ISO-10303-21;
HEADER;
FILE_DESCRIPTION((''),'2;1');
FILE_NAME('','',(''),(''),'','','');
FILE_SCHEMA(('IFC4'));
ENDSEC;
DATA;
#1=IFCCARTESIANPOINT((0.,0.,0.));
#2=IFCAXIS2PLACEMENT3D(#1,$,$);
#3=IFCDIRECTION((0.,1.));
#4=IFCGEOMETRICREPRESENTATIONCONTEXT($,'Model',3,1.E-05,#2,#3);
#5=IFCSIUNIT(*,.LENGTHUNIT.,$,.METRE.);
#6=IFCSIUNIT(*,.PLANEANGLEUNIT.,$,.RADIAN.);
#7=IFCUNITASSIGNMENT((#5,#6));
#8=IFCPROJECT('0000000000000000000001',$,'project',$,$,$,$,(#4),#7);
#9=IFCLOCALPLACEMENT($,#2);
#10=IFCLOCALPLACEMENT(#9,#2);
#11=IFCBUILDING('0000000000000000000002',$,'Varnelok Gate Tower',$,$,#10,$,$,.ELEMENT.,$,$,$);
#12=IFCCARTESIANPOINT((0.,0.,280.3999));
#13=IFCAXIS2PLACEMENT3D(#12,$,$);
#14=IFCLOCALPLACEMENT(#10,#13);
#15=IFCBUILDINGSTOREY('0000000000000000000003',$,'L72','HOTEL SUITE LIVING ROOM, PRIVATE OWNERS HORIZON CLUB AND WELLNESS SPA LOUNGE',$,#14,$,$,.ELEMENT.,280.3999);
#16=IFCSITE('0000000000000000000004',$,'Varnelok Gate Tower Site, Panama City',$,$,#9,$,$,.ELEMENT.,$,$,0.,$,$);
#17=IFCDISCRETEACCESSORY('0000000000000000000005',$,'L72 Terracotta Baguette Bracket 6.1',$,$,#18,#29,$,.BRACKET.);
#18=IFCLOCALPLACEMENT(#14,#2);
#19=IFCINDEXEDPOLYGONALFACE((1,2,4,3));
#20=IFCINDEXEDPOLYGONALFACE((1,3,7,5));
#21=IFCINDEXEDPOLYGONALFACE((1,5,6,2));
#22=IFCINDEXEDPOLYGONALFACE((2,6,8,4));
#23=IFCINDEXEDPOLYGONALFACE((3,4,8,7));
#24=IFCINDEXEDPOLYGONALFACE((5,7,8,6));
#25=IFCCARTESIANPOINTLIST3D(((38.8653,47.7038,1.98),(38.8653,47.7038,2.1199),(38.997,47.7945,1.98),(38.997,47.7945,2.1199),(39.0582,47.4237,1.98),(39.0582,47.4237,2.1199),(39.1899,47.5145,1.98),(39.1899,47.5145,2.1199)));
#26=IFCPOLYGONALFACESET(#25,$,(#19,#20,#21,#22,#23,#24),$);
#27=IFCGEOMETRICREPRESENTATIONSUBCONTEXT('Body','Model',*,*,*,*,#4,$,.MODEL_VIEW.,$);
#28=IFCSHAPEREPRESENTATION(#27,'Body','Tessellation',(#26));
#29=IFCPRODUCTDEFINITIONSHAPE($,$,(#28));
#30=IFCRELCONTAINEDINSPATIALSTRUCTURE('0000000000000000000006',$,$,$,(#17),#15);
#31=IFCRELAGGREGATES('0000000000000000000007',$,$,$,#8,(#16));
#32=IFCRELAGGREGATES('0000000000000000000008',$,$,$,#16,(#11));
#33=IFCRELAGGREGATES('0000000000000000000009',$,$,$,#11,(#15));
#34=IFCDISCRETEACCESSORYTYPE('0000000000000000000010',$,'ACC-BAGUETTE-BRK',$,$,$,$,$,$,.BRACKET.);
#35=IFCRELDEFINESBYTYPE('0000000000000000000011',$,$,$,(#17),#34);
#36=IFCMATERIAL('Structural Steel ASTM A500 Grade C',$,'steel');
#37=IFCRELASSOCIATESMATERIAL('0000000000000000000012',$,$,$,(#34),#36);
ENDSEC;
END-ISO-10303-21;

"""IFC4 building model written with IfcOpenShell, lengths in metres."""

from ifc_helpers import new_model, si_unit, direction, frame, origin, origin_2d, place, context, subcontext, project, spatial, rectangle, extrude, source, transform, mapped, material, type_object, element, save


model = new_model("IFC4")

# Units and contexts
model_context = context("Model", 3, precision=1e-05, world=origin(), true_north=direction((0.0, 1.0)))
body_context = subcontext(model_context, "Body", "Model", "MODEL_VIEW")
ifc_project = project(units=[si_unit("LENGTHUNIT", "METRE"), si_unit("PLANEANGLEUNIT", "RADIAN")], contexts=[model_context])

# Site, building, storey
site_placement = place(None, origin())
site = spatial("IfcSite", under=ifc_project, at=site_placement, Name="Varnelok Gate Tower Site, Panama City", CompositionType="ELEMENT", RefElevation=0.0)
building_placement = place(site_placement, origin())
building = spatial("IfcBuilding", under=site, at=building_placement, Name="Varnelok Gate Tower", CompositionType="ELEMENT")
storey_placement = place(building_placement, frame((0.0, 0.0, 280.3999)))
storey = spatial("IfcBuildingStorey", under=building, at=storey_placement, Name="L72", Description="HOTEL SUITE LIVING ROOM, PRIVATE OWNERS HORIZON CLUB AND WELLNESS SPA LOUNGE", CompositionType="ELEMENT", Elevation=280.3999)

# Discrete accessory
ifc_material_1 = material(Name="Structural Steel ASTM A500 Grade C", Category="steel")
discrete_accessory_type = type_object("IfcDiscreteAccessoryType", Name="ACC-BAGUETTE-BRK", PredefinedType="BRACKET", material=ifc_material_1)
shared_shape_1 = source(origin(), body_context, "Body", "SweptSolid", [
    extrude(rectangle(XDim=0.1599, YDim=0.3401, at=origin_2d()), origin(), (0.0, 0.0, 1.0), 0.1399),
])
discrete_accessory_placement = place(storey_placement, frame((39.0276, 47.6091, 1.98), z_axis=(0.0, 0.0, 1.0), x_axis=(0.823533, 0.567269, 0.0)))
element("IfcDiscreteAccessory", 1, at=discrete_accessory_placement, inside=storey, type_object=discrete_accessory_type, Name="L72 Terracotta Baguette Bracket 6.1", PredefinedType="BRACKET", context=body_context, shape_type="MappedRepresentation", body=[
    mapped(shared_shape_1, transform((0.0, 0.0, 0.0), scale=1.0)),
])

save(model, "model.ifc")
